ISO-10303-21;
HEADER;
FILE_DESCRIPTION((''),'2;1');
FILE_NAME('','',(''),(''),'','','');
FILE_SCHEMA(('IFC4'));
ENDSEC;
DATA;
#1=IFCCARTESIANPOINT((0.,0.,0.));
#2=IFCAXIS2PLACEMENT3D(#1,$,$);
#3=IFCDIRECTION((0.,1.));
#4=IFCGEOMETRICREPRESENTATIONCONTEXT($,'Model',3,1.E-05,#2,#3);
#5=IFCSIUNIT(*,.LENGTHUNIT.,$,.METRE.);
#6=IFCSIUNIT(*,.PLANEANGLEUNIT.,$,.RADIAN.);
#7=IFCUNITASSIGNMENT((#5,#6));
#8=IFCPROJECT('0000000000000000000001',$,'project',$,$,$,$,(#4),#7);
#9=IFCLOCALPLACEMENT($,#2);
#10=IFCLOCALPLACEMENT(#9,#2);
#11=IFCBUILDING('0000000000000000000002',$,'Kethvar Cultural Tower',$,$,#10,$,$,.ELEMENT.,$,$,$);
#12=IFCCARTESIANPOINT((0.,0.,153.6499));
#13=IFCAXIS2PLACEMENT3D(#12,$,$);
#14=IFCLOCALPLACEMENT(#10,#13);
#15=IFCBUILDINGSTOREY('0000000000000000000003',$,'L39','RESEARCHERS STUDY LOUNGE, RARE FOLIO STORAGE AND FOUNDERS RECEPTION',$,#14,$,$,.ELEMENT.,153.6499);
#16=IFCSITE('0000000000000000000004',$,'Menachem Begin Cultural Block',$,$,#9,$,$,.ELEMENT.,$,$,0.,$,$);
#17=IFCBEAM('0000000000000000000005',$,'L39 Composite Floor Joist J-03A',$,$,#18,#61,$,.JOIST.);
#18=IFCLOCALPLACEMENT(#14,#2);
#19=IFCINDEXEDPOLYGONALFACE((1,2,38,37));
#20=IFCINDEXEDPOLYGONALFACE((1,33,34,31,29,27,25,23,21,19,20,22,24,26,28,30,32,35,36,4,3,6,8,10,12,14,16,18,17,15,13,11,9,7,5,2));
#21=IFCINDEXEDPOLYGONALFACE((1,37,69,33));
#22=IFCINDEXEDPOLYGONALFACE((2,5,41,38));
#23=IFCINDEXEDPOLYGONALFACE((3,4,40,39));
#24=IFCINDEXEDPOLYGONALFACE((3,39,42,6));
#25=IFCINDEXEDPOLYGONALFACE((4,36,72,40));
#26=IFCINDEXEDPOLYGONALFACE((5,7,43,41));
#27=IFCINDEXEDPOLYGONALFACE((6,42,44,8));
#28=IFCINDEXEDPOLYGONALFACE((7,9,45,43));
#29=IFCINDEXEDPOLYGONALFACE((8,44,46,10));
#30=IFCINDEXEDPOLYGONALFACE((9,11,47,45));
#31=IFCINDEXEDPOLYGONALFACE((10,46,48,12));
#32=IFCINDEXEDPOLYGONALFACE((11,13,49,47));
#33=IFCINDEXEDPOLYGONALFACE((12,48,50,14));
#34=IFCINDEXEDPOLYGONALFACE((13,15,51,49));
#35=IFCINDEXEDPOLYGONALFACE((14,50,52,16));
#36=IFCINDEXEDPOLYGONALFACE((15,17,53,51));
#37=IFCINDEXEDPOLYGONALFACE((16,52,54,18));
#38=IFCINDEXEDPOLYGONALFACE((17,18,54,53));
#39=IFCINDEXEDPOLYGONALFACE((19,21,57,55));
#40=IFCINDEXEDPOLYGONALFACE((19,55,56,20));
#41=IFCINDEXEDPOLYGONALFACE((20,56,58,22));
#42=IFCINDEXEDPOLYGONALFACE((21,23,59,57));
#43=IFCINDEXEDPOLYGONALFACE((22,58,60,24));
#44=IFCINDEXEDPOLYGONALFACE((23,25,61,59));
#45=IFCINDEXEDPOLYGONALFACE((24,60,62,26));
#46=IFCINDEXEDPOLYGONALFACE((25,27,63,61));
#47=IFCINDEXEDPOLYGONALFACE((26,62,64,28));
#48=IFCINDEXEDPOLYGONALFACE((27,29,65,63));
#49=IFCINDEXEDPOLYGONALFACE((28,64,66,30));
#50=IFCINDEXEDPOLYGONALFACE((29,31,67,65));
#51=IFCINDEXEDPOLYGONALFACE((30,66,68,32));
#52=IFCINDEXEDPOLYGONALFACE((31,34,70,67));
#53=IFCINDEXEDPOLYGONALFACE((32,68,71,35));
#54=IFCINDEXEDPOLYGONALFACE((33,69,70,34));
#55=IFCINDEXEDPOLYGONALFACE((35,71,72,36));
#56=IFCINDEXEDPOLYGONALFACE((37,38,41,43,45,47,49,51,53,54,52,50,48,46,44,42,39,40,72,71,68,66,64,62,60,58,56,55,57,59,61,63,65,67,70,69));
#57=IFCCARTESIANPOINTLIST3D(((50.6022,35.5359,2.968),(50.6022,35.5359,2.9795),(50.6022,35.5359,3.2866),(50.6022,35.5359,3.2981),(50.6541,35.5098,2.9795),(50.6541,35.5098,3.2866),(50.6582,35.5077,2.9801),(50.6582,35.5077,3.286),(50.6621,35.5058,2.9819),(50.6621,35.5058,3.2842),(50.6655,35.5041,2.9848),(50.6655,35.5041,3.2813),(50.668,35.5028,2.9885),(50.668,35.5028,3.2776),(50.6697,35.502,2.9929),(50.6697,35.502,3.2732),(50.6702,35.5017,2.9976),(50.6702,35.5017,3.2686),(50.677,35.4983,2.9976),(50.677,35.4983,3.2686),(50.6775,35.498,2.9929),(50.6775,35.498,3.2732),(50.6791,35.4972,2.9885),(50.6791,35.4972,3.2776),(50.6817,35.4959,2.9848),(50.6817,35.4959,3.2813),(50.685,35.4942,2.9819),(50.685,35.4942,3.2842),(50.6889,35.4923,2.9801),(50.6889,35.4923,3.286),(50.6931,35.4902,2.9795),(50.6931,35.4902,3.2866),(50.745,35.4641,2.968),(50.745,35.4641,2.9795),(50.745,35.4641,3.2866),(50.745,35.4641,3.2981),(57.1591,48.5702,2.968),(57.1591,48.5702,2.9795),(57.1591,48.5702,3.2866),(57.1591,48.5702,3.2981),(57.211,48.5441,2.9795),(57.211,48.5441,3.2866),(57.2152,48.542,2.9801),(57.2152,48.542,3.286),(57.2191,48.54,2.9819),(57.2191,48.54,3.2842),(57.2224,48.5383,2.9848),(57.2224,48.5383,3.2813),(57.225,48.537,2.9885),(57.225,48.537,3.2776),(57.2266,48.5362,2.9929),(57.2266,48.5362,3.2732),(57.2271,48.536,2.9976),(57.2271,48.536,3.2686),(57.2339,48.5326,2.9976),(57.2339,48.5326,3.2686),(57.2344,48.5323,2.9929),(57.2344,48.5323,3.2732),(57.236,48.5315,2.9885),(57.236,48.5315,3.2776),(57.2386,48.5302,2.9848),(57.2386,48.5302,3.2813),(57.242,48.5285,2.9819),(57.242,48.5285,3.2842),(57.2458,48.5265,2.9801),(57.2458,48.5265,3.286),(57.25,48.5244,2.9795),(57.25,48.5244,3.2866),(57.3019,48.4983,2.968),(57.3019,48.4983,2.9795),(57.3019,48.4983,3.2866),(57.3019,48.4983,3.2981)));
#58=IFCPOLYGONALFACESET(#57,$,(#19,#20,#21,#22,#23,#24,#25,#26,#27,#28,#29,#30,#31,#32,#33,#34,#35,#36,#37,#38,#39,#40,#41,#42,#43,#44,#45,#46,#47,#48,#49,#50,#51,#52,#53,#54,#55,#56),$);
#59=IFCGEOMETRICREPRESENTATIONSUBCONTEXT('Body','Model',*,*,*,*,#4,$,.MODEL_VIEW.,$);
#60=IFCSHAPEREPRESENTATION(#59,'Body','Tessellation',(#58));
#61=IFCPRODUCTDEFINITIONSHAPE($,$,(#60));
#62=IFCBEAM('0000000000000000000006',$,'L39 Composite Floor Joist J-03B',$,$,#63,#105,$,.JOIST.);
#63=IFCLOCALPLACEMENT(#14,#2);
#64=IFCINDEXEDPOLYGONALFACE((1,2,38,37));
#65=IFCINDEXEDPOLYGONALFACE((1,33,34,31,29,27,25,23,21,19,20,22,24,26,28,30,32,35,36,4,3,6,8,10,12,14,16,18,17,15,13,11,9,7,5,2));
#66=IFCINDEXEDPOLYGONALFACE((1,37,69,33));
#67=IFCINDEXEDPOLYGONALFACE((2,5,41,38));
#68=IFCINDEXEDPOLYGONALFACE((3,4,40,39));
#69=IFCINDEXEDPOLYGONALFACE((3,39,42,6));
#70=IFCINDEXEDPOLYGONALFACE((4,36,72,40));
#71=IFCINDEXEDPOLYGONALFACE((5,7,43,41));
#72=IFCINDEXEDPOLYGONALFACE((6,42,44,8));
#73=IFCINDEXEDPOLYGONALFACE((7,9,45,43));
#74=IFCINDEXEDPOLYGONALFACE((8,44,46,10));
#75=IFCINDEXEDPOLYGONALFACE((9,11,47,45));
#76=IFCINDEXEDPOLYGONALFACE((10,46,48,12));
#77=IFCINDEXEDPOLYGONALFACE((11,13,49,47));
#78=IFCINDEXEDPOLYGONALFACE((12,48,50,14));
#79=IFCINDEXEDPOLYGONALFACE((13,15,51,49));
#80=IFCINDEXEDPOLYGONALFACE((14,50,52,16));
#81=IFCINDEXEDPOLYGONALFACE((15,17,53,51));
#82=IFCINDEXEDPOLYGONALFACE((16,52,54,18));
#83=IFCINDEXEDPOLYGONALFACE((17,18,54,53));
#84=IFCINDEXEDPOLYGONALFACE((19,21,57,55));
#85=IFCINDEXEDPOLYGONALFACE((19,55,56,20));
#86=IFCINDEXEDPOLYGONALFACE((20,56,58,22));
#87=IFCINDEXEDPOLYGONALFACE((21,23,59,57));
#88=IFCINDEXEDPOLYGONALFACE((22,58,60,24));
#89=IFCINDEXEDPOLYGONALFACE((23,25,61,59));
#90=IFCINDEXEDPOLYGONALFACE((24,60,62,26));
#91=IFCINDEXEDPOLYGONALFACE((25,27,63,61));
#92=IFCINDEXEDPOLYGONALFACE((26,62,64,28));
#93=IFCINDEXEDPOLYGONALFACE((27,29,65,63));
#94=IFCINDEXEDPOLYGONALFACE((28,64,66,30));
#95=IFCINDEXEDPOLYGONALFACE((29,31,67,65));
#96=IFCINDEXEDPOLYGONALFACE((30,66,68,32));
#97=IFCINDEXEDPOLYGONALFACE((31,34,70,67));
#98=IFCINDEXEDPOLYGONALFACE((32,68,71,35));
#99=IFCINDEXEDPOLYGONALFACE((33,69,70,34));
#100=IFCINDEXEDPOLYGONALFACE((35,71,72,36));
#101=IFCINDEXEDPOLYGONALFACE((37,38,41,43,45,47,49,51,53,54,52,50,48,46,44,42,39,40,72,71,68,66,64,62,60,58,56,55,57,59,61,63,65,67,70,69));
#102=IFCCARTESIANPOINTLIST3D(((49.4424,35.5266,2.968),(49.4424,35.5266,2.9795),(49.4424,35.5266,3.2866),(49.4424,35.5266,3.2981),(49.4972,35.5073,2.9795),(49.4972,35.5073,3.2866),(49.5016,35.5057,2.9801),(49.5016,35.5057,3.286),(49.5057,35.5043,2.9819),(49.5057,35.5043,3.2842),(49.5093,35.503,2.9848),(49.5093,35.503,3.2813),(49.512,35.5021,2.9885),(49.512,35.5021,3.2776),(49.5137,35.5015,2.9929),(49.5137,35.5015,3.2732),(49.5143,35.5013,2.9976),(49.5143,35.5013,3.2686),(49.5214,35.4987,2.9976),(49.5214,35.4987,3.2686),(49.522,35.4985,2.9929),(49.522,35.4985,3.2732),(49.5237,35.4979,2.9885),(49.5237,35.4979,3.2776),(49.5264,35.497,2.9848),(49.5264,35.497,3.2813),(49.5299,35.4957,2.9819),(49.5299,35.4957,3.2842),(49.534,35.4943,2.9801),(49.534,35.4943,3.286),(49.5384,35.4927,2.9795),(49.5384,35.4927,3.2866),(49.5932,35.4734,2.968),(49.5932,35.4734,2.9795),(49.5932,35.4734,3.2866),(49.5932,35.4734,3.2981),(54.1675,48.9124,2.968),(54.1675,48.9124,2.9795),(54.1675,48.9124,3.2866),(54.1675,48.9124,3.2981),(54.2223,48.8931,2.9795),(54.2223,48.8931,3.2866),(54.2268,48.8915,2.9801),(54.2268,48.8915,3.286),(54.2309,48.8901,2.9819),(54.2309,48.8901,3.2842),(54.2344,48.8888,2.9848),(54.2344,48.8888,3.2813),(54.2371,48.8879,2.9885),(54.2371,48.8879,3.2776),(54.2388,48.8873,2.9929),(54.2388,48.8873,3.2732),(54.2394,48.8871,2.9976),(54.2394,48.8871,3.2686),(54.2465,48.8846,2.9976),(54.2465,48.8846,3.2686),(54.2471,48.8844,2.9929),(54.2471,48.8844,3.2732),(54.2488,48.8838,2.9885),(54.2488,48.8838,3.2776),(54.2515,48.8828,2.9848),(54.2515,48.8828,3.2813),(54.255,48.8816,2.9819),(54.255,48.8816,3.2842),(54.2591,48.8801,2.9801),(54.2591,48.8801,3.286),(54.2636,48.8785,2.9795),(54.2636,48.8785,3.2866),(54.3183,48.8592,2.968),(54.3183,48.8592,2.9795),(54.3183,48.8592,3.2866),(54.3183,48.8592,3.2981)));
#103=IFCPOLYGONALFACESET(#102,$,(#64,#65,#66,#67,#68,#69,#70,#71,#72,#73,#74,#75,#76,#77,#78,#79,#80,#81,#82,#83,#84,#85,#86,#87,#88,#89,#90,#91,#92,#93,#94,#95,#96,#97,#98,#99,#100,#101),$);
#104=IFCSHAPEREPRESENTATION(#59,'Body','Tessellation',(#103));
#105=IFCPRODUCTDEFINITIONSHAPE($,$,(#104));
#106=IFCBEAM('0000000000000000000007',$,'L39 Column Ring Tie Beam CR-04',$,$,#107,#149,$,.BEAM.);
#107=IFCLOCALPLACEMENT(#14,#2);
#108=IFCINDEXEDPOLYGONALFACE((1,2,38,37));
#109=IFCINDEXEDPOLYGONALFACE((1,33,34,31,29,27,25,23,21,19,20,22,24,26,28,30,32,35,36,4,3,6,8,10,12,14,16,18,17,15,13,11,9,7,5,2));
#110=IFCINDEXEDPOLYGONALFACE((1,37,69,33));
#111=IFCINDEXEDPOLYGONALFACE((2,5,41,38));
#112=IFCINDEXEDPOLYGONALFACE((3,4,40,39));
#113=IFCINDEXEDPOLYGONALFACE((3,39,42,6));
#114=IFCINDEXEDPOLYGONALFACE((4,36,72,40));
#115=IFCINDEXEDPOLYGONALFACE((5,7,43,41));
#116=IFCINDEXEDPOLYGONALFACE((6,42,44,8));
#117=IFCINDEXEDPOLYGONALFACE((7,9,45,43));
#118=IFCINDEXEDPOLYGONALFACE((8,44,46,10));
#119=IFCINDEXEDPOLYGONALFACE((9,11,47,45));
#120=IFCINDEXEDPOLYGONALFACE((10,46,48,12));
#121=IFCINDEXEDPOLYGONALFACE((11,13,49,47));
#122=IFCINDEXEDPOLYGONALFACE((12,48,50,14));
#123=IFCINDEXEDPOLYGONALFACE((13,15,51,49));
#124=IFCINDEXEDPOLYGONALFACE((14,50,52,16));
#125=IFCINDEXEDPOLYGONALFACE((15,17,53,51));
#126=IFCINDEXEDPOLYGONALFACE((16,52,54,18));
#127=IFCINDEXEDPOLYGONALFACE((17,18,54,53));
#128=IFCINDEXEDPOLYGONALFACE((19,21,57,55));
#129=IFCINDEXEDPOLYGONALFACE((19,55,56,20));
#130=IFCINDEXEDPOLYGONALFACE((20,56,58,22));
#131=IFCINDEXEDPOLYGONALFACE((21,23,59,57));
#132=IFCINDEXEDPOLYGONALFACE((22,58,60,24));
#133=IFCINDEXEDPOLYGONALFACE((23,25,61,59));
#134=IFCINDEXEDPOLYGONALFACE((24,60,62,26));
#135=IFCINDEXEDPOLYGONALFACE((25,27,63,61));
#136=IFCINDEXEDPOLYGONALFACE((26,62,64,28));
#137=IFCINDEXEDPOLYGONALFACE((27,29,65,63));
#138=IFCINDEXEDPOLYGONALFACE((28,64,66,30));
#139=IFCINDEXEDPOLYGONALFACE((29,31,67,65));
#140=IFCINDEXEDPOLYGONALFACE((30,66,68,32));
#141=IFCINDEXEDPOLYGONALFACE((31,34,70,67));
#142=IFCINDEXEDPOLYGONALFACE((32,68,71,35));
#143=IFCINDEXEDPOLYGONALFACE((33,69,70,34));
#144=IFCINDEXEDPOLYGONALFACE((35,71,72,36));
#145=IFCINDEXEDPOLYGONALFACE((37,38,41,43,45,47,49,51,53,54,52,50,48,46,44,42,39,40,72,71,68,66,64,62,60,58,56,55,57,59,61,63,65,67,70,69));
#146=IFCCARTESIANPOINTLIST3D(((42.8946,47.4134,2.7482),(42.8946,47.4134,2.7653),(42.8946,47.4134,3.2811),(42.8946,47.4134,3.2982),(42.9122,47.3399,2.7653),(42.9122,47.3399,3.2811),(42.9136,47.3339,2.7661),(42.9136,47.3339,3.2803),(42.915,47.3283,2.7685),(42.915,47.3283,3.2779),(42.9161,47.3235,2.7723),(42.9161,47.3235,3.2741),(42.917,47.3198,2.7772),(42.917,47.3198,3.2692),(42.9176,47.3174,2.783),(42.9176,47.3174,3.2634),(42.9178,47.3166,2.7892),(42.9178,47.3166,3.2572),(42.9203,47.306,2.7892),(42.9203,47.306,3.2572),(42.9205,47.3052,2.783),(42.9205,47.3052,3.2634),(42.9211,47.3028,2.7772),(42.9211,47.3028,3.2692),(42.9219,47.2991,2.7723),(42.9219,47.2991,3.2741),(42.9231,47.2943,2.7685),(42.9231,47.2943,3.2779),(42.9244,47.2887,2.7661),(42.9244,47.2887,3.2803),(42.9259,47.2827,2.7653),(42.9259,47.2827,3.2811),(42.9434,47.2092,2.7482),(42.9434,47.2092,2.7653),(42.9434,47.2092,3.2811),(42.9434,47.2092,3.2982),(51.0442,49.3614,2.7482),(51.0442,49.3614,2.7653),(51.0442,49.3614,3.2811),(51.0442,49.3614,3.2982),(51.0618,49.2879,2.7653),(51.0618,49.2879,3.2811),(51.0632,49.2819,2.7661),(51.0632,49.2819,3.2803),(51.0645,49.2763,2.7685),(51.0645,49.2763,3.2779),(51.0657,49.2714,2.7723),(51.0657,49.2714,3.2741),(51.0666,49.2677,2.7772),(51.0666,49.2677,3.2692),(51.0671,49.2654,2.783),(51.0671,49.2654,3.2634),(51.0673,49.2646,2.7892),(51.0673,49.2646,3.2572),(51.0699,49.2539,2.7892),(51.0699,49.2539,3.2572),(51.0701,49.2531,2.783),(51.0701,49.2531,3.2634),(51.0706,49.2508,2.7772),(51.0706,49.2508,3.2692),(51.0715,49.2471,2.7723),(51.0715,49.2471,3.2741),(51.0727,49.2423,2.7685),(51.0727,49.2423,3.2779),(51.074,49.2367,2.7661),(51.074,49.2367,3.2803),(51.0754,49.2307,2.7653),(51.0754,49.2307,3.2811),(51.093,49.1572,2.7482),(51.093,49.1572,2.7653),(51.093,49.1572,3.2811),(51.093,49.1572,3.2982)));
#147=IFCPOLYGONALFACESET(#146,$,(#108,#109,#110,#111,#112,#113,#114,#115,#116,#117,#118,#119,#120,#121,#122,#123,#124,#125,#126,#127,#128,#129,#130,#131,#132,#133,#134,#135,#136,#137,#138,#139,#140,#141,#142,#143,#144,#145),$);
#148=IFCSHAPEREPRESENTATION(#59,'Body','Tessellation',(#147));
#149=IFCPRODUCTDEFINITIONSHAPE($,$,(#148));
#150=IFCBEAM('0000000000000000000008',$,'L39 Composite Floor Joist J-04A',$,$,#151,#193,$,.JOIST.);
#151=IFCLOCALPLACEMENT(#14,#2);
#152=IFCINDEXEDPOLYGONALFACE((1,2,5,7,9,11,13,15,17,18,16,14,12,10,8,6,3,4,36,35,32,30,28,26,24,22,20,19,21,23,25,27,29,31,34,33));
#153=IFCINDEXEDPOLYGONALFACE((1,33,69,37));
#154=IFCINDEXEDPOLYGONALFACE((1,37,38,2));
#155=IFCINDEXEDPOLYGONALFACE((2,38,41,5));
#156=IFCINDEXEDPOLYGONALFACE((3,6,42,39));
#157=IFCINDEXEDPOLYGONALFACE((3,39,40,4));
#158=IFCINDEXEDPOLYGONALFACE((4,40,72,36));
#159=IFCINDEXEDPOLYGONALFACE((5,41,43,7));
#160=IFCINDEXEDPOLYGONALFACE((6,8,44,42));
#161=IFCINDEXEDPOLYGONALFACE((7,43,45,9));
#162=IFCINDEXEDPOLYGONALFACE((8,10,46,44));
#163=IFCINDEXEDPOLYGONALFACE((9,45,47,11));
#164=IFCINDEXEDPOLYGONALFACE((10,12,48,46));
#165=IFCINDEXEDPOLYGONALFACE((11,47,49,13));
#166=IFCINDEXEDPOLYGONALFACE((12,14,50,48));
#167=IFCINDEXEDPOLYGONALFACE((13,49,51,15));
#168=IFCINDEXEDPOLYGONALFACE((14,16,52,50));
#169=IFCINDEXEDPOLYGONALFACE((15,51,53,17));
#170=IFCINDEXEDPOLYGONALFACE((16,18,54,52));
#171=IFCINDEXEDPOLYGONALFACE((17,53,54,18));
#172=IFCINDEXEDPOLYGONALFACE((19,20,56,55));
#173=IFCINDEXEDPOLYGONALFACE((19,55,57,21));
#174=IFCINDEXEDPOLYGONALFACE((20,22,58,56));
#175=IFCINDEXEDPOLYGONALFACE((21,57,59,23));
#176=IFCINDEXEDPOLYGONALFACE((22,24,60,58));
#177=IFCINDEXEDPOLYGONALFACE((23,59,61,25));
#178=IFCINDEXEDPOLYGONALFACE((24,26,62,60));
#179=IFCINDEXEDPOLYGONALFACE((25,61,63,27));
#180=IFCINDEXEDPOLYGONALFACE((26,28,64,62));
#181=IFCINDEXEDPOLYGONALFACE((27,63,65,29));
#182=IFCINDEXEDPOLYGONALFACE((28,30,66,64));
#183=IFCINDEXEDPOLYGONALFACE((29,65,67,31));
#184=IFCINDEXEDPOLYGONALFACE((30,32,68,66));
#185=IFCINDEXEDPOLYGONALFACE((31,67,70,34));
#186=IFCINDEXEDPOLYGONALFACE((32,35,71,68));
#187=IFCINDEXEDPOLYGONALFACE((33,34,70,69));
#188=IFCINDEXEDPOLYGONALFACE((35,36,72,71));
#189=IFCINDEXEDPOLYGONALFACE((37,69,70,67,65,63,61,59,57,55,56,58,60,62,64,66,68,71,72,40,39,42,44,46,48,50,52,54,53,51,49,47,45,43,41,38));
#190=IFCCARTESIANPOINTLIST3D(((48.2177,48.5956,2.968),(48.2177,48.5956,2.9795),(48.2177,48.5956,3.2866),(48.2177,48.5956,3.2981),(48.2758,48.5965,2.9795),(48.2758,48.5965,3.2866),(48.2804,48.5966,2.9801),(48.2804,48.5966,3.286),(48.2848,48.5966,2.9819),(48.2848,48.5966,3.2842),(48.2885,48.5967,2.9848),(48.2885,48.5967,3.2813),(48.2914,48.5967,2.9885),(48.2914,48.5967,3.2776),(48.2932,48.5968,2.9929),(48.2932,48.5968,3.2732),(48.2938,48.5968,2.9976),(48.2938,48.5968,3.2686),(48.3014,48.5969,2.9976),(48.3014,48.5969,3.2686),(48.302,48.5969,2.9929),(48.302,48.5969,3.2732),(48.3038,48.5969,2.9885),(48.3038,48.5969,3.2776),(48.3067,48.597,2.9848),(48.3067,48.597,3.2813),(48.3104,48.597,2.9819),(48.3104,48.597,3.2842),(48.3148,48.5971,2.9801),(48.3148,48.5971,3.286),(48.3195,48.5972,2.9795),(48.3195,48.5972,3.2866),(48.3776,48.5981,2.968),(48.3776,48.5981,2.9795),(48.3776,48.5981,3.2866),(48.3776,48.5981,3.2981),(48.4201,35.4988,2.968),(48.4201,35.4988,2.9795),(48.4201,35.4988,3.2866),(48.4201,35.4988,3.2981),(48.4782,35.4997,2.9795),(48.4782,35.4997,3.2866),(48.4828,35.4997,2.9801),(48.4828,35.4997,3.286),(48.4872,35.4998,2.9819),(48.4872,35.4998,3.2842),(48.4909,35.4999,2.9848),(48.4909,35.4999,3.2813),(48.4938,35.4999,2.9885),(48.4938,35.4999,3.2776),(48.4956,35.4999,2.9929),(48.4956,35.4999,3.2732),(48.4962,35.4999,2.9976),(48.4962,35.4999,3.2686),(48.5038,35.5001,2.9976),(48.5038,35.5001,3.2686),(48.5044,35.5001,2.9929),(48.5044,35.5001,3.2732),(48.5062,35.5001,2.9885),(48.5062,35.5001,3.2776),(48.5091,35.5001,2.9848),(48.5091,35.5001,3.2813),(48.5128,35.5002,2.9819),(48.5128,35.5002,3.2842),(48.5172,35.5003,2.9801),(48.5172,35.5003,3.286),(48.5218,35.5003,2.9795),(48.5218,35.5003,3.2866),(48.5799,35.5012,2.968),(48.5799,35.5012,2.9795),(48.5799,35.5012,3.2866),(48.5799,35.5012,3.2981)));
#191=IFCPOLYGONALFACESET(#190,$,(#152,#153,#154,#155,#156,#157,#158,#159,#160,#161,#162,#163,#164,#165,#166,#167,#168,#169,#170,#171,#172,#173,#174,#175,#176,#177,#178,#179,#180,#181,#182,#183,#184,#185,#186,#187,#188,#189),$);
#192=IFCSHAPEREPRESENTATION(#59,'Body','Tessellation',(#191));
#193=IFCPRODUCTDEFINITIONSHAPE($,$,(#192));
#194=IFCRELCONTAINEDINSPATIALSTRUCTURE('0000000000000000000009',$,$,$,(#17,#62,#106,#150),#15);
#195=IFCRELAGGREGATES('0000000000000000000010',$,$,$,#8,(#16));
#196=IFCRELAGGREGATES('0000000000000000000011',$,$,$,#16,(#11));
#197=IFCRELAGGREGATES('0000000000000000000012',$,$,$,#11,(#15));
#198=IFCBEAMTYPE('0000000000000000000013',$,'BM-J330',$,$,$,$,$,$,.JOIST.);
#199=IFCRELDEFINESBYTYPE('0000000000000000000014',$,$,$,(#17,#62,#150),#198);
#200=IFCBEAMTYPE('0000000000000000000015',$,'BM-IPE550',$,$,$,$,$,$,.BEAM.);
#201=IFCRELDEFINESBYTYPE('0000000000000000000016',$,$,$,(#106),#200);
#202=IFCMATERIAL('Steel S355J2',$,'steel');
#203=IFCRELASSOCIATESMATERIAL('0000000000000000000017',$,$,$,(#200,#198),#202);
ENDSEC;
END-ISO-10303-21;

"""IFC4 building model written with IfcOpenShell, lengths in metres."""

from ifc_helpers import new_model, si_unit, direction, frame, origin, origin_2d, place, context, subcontext, project, spatial, i_section, extrude, source, transform, mapped, material, material_profile, profile_set, type_object, element, save


model = new_model("IFC4")

# Units and contexts
model_context = context("Model", 3, precision=1e-05, world=origin(), true_north=direction((0.0, 1.0)))
body_context = subcontext(model_context, "Body", "Model", "MODEL_VIEW")
ifc_project = project(units=[si_unit("LENGTHUNIT", "METRE"), si_unit("PLANEANGLEUNIT", "RADIAN")], contexts=[model_context])

# Site, building, storey
site_placement = place(None, origin())
site = spatial("IfcSite", under=ifc_project, at=site_placement, Name="Menachem Begin Cultural Block", CompositionType="ELEMENT", RefElevation=0.0)
building_placement = place(site_placement, origin())
building = spatial("IfcBuilding", under=site, at=building_placement, Name="Kethvar Cultural Tower", CompositionType="ELEMENT")
storey_placement = place(building_placement, frame((0.0, 0.0, 153.6499)))
storey = spatial("IfcBuildingStorey", under=building, at=storey_placement, Name="L39", Description="RESEARCHERS STUDY LOUNGE, RARE FOLIO STORAGE AND FOUNDERS RECEPTION", CompositionType="ELEMENT", Elevation=153.6499)

# Beams
ifc_material_1 = material(Name="Steel S355J2", Category="steel")
ifc_material_profile_1 = material_profile(ifc_material_1, i_section(OverallWidth=0.21, OverallDepth=0.55, WebThickness=0.011, FlangeThickness=0.0171, FilletRadius=0.0239, at=origin_2d()), Name="Steel S355J2 — IPE550")
ifc_profile_set_1 = profile_set([ifc_material_profile_1], Name="Steel S355J2 — IPE550")
beam_type_1 = type_object("IfcBeamType", Name="BM-IPE550", PredefinedType="BEAM", material=ifc_profile_set_1)
ifc_material_profile_2 = material_profile(ifc_material_1, i_section(OverallWidth=0.1599, OverallDepth=0.3301, WebThickness=0.0076, FlangeThickness=0.0115, FilletRadius=0.0181, at=origin_2d()), Name="Steel S355J2 — IPE330")
ifc_profile_set_2 = profile_set([ifc_material_profile_2], Name="Steel S355J2 — IPE330")
beam_type_2 = type_object("IfcBeamType", Name="BM-J330", PredefinedType="JOIST", material=ifc_profile_set_2)
shared_shape_1 = source(origin(), body_context, "Body", "SweptSolid", [
    extrude(i_section(OverallWidth=0.1599, OverallDepth=0.3301, WebThickness=0.0076, FlangeThickness=0.0115, FilletRadius=0.0181, at=origin_2d()), origin(), (0.0, 0.0, 1.0), 14.5906),
])
beam_1_placement = place(storey_placement, frame((50.6736, 35.5, 3.1331), z_axis=(0.449394, 0.893334, 0.0), x_axis=(-0.893334, 0.449394, 0.0)))
element("IfcBeam", 1, at=beam_1_placement, inside=storey, type_object=beam_type_2, Name="L39 Composite Floor Joist J-03A", PredefinedType="JOIST", context=body_context, shape_type="MappedRepresentation", body=[
    mapped(shared_shape_1, transform((0.0, 0.0, 0.0), scale=1.0)),
])
shared_shape_2 = source(origin(), body_context, "Body", "SweptSolid", [
    extrude(i_section(OverallWidth=0.1599, OverallDepth=0.3301, WebThickness=0.0076, FlangeThickness=0.0115, FilletRadius=0.0181, at=origin_2d()), origin(), (0.0, 0.0, 1.0), 14.1953),
])
beam_2_placement = place(storey_placement, frame((49.5178, 35.5, 3.1331), z_axis=(0.332865, 0.942974, 0.0), x_axis=(-0.942974, 0.332865, 0.0)))
element("IfcBeam", 2, at=beam_2_placement, inside=storey, type_object=beam_type_2, Name="L39 Composite Floor Joist J-03B", PredefinedType="JOIST", context=body_context, shape_type="MappedRepresentation", body=[
    mapped(shared_shape_2, transform((0.0, 0.0, 0.0), scale=1.0)),
])
shared_shape_3 = source(origin(), body_context, "Body", "SweptSolid", [
    extrude(i_section(OverallWidth=0.21, OverallDepth=0.55, WebThickness=0.011, FlangeThickness=0.0171, FilletRadius=0.0239, at=origin_2d()), origin(), (0.0, 0.0, 1.0), 8.3792),
])
beam_3_placement = place(storey_placement, frame((51.0686, 49.2593, 3.0232), z_axis=(-0.972601, -0.232479, 0.0), x_axis=(0.232479, -0.972601, 0.0)))
element("IfcBeam", 3, at=beam_3_placement, inside=storey, type_object=beam_type_1, Name="L39 Column Ring Tie Beam CR-04", PredefinedType="BEAM", context=body_context, shape_type="MappedRepresentation", body=[
    mapped(shared_shape_3, transform((0.0, 0.0, 0.0), scale=1.0)),
])
shared_shape_4 = source(origin(), body_context, "Body", "SweptSolid", [
    extrude(i_section(OverallWidth=0.1599, OverallDepth=0.3301, WebThickness=0.0076, FlangeThickness=0.0115, FilletRadius=0.0181, at=origin_2d()), origin(), (0.0, 0.0, 1.0), 13.0984),
])
beam_4_placement = place(storey_placement, frame((48.5, 35.5, 3.1331), z_axis=(-0.015452, 0.999881, 0.0), x_axis=(-0.999881, -0.015452, 0.0)))
element("IfcBeam", 4, at=beam_4_placement, inside=storey, type_object=beam_type_2, Name="L39 Composite Floor Joist J-04A", PredefinedType="JOIST", context=body_context, shape_type="MappedRepresentation", body=[
    mapped(shared_shape_4, transform((0.0, 0.0, 0.0), scale=1.0)),
])

save(model, "model.ifc")
